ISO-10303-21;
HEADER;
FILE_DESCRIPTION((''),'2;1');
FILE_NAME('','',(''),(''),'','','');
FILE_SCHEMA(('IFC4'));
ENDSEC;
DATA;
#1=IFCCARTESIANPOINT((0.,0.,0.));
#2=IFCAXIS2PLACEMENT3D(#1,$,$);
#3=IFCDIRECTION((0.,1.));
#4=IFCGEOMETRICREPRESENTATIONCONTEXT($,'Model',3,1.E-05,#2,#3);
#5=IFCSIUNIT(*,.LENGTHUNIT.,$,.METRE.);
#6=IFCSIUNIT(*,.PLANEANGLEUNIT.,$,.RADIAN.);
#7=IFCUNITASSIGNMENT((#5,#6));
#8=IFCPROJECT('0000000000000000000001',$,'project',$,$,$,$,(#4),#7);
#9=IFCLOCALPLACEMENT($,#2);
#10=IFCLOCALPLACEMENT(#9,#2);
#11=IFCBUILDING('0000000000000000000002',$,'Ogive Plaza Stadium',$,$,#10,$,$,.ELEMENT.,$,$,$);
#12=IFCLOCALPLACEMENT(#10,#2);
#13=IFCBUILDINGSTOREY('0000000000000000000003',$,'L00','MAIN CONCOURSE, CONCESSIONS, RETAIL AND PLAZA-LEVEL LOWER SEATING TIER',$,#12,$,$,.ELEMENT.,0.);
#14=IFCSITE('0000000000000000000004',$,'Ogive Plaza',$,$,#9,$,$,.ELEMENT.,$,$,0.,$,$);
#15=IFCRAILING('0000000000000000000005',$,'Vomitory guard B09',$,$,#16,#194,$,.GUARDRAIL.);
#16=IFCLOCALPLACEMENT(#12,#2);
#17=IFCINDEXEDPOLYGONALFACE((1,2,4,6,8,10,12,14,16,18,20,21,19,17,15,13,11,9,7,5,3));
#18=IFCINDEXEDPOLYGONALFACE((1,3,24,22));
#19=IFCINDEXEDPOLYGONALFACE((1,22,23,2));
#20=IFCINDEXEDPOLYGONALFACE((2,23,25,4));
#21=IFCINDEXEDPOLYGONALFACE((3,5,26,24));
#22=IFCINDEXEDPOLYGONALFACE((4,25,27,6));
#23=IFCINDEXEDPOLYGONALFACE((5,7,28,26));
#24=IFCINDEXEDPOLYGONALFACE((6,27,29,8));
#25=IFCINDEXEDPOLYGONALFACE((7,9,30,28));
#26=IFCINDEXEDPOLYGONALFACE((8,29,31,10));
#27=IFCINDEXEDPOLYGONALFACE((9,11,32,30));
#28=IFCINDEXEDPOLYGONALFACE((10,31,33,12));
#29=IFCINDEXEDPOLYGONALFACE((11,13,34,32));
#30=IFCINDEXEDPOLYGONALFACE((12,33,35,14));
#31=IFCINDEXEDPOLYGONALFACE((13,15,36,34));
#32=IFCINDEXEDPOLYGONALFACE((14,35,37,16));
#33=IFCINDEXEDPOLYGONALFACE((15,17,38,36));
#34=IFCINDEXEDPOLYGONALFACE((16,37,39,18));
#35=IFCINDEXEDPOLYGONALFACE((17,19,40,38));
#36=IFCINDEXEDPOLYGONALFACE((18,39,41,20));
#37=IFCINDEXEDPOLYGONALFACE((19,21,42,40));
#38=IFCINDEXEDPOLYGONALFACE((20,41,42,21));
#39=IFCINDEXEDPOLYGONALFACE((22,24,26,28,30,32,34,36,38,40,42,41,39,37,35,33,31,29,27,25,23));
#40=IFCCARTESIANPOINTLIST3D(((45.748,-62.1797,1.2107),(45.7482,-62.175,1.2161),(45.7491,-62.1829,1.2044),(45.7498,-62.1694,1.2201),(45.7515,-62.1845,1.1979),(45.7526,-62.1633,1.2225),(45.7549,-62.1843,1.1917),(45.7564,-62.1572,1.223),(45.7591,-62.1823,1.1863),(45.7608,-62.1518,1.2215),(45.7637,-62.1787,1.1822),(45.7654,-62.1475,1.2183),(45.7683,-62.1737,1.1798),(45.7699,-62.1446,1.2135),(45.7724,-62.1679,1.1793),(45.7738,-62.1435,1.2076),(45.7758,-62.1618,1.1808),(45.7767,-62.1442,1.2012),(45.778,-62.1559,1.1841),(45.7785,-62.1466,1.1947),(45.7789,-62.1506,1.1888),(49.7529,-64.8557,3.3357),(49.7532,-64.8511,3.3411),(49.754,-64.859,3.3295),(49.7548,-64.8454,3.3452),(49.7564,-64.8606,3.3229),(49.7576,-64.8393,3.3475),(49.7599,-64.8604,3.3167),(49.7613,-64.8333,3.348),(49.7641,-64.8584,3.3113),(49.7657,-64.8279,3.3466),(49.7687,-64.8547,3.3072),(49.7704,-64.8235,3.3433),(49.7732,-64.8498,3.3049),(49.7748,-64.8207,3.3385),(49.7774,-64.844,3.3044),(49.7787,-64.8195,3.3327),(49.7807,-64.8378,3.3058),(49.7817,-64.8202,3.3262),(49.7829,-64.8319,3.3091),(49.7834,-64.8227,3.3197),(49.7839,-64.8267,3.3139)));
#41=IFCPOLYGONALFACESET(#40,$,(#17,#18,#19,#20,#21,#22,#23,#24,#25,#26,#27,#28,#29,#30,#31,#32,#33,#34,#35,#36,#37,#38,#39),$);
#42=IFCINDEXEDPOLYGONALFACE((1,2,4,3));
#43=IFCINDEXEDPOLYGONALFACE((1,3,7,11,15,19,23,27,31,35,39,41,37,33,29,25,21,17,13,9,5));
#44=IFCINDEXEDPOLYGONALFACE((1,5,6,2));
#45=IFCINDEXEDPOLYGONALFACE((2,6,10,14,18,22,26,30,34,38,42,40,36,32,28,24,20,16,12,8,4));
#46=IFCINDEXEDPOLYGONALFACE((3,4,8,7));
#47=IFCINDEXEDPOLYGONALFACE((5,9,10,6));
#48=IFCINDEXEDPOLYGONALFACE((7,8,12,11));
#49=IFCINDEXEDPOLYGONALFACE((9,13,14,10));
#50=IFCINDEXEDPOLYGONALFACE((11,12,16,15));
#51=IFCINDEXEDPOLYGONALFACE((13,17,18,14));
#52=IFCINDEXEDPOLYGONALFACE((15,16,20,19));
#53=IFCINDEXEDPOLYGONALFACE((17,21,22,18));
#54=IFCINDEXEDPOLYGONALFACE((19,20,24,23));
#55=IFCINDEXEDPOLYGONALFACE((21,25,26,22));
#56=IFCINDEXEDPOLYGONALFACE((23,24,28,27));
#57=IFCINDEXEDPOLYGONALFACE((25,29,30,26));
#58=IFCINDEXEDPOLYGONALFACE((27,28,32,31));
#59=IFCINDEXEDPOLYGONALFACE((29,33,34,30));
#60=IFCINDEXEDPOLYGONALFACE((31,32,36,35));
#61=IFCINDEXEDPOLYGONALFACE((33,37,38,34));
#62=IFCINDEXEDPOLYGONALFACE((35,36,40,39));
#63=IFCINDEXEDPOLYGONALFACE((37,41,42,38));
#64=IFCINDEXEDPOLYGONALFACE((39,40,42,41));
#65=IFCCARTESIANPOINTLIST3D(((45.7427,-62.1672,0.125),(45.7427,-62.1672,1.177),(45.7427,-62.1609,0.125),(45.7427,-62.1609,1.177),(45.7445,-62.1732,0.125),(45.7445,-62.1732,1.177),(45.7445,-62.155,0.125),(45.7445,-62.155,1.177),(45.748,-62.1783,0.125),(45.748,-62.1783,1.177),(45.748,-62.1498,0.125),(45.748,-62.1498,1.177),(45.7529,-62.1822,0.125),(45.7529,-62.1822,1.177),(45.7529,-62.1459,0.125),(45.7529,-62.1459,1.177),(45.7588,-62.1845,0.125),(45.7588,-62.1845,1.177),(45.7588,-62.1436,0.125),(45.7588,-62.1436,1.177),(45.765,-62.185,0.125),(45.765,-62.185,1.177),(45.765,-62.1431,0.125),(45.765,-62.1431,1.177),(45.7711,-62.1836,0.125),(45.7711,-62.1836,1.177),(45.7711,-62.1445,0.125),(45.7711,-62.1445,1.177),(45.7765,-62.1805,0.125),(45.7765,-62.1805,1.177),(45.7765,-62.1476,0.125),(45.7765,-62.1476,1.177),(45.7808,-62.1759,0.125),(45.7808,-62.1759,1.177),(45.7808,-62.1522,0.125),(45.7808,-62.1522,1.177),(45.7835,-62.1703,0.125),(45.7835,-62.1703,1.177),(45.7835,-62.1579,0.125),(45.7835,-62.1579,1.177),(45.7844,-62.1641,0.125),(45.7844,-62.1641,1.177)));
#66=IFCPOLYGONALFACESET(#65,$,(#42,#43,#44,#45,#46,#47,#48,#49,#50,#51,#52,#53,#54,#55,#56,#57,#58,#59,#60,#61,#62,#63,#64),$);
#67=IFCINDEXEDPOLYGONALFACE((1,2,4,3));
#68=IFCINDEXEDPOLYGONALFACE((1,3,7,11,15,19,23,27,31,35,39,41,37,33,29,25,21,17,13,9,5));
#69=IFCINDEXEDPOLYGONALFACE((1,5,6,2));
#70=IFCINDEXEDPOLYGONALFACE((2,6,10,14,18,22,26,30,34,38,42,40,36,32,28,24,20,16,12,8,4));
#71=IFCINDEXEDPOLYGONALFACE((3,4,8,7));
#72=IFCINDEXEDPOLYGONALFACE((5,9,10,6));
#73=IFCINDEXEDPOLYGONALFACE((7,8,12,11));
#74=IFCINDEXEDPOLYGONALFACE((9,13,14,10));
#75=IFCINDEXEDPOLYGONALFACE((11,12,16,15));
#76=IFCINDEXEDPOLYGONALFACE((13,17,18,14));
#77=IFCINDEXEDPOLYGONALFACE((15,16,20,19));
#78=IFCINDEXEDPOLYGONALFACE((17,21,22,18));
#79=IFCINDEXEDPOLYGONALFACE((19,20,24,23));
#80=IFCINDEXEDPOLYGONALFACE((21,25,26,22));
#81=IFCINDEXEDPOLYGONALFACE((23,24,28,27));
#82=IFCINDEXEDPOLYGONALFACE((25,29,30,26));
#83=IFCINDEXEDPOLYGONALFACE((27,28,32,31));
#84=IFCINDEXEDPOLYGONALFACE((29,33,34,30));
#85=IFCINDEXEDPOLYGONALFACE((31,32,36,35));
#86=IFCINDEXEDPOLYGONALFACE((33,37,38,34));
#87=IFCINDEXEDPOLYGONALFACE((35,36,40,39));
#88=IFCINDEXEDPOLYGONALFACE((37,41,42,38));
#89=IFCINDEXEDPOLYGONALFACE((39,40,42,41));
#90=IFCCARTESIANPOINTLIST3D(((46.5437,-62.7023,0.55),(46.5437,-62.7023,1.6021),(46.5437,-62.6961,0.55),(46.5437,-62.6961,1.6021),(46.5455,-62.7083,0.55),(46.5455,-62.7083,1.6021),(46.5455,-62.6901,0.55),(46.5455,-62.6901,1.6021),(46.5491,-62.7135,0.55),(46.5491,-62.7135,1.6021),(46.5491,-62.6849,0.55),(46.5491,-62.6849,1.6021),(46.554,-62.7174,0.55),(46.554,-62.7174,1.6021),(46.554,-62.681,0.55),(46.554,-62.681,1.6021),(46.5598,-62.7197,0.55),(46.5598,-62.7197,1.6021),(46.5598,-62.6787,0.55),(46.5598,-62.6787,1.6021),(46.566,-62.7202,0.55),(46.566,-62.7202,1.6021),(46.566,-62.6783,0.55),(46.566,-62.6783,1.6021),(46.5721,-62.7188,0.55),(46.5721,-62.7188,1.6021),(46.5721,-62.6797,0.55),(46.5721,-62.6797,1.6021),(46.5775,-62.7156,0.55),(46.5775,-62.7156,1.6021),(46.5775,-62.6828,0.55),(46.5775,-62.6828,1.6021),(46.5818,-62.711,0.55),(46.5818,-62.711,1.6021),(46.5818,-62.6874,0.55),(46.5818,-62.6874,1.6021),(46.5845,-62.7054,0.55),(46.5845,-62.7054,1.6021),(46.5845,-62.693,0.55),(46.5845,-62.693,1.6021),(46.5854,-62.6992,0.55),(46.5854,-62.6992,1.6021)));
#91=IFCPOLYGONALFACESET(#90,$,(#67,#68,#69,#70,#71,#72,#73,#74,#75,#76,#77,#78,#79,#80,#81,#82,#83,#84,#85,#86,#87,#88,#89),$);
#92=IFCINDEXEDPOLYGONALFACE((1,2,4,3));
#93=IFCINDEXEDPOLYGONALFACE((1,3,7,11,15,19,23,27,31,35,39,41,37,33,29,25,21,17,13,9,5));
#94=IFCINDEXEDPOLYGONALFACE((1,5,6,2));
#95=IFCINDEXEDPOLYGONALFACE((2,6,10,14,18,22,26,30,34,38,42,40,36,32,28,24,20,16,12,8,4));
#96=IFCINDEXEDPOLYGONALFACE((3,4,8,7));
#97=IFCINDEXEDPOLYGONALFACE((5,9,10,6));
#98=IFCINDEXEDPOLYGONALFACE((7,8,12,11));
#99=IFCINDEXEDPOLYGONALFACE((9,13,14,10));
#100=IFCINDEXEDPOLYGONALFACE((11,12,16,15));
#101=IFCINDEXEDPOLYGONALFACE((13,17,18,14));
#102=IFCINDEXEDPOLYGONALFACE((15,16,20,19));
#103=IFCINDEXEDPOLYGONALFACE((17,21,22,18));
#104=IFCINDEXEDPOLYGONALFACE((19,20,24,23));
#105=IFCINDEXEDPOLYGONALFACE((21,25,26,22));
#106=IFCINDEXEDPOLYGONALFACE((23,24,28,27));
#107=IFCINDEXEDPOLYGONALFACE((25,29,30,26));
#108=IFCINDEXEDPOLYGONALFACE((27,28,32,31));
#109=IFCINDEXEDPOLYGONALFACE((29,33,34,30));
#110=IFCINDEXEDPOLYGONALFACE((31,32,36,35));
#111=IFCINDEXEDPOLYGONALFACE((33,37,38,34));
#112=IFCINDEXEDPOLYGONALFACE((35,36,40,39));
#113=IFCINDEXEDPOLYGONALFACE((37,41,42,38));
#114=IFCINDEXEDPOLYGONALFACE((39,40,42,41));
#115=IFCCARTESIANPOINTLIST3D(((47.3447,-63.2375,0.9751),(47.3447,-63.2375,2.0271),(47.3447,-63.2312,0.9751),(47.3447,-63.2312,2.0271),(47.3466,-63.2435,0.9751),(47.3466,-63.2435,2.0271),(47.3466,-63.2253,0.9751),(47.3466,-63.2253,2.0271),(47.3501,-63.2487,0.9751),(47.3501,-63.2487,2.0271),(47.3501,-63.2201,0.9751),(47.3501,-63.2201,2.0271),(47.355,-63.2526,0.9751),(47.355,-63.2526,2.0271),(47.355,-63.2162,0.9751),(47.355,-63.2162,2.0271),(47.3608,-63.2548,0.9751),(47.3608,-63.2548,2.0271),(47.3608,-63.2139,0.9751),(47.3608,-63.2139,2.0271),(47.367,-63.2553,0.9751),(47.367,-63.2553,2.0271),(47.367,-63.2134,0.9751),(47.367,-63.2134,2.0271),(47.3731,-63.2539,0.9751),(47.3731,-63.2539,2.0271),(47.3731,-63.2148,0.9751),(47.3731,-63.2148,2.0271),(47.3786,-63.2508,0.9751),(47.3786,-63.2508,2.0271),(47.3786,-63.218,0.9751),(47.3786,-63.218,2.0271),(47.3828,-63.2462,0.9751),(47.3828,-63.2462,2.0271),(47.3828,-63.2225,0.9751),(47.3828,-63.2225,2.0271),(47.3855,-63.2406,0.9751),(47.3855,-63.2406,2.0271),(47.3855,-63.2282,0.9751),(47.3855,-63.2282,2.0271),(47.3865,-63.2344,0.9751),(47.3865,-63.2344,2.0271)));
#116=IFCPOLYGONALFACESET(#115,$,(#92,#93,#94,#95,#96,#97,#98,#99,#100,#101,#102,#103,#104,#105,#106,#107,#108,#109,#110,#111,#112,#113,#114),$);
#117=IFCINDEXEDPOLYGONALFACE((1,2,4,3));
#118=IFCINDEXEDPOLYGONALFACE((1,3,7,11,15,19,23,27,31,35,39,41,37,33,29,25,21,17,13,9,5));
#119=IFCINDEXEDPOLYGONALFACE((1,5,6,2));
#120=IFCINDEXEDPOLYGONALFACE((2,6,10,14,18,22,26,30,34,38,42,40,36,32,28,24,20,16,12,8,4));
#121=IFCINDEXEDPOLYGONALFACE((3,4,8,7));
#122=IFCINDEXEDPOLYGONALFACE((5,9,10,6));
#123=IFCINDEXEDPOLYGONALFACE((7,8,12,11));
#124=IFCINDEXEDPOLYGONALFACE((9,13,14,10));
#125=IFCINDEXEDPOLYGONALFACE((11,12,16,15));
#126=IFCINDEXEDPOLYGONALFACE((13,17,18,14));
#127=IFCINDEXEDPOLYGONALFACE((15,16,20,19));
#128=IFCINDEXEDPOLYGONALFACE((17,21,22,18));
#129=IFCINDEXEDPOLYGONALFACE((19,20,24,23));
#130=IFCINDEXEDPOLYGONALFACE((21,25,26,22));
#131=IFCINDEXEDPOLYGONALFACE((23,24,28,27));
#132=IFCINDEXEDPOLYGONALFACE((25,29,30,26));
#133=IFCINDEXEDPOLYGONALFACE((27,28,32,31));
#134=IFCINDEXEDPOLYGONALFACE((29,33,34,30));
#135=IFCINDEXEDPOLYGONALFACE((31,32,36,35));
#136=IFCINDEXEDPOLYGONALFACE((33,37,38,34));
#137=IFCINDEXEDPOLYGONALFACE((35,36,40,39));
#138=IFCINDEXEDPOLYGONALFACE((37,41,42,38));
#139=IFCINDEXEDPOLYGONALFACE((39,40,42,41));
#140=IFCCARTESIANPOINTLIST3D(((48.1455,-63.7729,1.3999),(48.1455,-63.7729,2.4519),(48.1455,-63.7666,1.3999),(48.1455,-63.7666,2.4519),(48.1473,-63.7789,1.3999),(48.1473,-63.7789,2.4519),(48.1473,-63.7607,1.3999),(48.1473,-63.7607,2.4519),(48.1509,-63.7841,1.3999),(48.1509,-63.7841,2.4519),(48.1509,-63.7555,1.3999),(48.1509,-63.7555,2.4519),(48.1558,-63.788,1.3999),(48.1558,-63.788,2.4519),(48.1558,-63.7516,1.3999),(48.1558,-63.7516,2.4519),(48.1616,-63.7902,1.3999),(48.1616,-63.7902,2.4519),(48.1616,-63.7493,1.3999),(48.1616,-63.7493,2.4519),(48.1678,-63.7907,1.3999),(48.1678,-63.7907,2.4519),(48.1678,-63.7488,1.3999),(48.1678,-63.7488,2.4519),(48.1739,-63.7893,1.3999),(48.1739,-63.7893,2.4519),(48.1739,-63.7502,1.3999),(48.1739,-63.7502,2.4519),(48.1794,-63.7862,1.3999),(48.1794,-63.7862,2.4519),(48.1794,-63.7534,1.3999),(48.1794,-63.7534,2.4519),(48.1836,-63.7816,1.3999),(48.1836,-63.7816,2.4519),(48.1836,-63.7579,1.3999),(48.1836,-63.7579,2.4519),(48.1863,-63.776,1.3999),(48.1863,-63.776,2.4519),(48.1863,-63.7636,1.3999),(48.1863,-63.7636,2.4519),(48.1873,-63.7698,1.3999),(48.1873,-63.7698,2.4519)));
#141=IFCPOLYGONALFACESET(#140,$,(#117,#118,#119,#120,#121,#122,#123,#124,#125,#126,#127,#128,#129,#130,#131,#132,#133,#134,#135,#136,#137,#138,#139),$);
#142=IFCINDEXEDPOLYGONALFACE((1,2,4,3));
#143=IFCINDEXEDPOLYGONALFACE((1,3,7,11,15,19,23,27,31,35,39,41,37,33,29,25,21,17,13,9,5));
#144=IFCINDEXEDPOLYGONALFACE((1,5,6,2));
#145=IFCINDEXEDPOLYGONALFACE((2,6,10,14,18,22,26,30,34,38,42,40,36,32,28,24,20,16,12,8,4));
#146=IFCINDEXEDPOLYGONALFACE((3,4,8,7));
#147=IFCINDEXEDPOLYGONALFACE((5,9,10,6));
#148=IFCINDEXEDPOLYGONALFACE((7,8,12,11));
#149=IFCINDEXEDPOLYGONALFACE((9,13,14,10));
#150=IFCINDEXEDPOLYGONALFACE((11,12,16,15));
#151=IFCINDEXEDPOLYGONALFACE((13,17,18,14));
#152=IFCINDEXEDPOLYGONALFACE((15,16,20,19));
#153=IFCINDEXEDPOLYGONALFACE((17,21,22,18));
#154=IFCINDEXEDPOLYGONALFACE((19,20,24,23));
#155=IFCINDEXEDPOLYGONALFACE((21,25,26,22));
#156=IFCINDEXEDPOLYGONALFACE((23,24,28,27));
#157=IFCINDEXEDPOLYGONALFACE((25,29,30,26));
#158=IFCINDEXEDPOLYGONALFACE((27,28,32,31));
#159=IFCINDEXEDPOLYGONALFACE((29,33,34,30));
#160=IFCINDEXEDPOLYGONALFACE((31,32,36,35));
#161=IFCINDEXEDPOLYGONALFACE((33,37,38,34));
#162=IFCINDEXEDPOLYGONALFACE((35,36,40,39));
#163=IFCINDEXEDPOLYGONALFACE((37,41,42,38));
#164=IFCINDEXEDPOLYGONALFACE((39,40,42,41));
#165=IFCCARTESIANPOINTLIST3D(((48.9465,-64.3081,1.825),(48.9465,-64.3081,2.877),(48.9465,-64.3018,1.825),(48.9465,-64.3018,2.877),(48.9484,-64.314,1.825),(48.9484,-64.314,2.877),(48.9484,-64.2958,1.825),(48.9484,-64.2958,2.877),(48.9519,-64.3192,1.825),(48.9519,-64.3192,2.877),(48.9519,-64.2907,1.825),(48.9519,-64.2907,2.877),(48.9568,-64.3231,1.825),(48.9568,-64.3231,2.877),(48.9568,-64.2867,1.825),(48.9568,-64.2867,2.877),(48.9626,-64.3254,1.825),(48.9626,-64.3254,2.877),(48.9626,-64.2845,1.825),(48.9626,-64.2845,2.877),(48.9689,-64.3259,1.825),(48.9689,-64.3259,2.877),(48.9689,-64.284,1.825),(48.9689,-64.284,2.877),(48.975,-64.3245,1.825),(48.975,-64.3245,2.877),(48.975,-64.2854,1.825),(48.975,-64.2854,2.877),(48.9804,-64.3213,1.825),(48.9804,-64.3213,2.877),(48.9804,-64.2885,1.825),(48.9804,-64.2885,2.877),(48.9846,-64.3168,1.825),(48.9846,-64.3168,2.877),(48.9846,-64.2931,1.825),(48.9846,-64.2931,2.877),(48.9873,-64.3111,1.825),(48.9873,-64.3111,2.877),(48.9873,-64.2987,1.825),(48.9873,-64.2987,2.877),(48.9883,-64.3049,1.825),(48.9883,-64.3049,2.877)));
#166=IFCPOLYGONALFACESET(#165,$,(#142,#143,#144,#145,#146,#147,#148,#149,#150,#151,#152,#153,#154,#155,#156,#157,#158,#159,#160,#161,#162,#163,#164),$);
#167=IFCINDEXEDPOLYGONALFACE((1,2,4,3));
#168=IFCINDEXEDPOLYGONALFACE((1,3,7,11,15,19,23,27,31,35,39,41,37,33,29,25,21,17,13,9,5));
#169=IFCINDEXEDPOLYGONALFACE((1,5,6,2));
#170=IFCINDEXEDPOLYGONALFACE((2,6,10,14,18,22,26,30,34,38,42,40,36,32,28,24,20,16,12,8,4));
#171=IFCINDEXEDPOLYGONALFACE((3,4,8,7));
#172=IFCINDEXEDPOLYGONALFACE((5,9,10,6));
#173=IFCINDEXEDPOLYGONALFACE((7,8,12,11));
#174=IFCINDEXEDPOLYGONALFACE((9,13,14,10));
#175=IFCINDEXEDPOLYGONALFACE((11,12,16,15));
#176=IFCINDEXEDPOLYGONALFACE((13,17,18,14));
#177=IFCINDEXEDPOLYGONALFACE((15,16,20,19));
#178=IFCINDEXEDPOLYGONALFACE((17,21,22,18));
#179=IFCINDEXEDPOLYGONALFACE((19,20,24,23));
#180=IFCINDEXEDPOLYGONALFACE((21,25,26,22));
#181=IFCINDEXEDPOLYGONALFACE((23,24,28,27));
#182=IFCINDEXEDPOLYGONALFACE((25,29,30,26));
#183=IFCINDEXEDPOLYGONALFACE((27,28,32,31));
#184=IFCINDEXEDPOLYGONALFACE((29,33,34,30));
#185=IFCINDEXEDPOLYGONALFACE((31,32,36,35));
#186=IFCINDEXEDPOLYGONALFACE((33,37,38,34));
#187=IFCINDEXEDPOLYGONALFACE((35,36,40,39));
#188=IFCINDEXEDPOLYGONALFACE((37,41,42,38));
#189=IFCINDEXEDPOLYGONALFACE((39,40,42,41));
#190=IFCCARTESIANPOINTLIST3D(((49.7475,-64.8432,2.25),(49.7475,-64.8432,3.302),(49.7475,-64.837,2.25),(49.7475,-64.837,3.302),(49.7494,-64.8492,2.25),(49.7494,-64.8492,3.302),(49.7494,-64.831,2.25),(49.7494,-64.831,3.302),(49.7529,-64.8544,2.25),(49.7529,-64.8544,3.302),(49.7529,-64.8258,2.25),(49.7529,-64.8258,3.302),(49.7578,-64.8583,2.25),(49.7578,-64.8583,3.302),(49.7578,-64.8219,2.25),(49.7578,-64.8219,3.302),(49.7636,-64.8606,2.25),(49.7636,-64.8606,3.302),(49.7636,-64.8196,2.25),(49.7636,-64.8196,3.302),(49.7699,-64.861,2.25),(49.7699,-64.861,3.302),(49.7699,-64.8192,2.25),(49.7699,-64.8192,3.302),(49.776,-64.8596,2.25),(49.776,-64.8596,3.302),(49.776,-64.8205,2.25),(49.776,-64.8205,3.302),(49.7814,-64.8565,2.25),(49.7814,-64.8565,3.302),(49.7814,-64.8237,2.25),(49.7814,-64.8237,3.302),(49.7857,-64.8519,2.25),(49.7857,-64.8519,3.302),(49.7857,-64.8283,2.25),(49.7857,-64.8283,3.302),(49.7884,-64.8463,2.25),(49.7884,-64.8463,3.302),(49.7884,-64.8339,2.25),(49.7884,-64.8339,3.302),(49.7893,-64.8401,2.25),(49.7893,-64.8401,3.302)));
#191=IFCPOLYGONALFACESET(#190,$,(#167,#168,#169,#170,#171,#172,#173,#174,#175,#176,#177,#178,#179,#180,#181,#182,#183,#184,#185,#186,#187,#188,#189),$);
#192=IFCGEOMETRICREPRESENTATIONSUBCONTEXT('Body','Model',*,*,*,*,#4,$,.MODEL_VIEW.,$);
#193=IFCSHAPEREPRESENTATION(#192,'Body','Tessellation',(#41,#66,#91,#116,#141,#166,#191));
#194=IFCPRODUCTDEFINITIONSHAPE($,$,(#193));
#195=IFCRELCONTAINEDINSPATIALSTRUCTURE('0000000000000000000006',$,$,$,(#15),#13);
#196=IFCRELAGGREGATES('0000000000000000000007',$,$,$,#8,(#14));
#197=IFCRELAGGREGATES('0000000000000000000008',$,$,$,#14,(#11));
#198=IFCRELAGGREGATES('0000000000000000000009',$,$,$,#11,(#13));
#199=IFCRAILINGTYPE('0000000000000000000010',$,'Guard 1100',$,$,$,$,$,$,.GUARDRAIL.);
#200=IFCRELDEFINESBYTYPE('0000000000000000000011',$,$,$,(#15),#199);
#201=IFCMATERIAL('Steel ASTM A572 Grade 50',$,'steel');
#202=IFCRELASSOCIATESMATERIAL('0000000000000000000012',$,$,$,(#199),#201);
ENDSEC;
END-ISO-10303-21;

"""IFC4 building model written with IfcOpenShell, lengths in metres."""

from ifc_helpers import new_model, si_unit, direction, frame, origin, origin_2d, place, context, subcontext, project, spatial, circle, extrude, material, type_object, element, save


model = new_model("IFC4")

# Units and contexts
model_context = context("Model", 3, precision=1e-05, world=origin(), true_north=direction((0.0, 1.0)))
body_context = subcontext(model_context, "Body", "Model", "MODEL_VIEW")
ifc_project = project(units=[si_unit("LENGTHUNIT", "METRE"), si_unit("PLANEANGLEUNIT", "RADIAN")], contexts=[model_context])

# Site, building, storey
site_placement = place(None, origin())
site = spatial("IfcSite", under=ifc_project, at=site_placement, Name="Ogive Plaza", CompositionType="ELEMENT", RefElevation=0.0)
building_placement = place(site_placement, origin())
building = spatial("IfcBuilding", under=site, at=building_placement, Name="Ogive Plaza Stadium", CompositionType="ELEMENT")
storey_placement = place(building_placement, origin())
storey = spatial("IfcBuildingStorey", under=building, at=storey_placement, Name="L00", Description="MAIN CONCOURSE, CONCESSIONS, RETAIL AND PLAZA-LEVEL LOWER SEATING TIER", CompositionType="ELEMENT", Elevation=0.0)

# Railing
ifc_material_1 = material(Name="Steel ASTM A572 Grade 50", Category="steel")
railing_type = type_object("IfcRailingType", Name="Guard 1100", PredefinedType="GUARDRAIL", material=ifc_material_1)
for number, where, name in (
    (1, (45.7634, -62.1641, 0.125), "Vomitory guard B09"),
):
    element("IfcRailing", number, at=place(storey_placement, frame(where)), inside=storey, type_object=railing_type, Name=name, PredefinedType="GUARDRAIL", context=body_context, shape_type="SweptSolid", body=[
        extrude(circle(Radius=0.0239, at=origin_2d()), frame((0.0, 0.0, 1.0762), z_axis=(0.760722, -0.508307, 0.403641), x_axis=(0.555577, 0.831465, 0.0)), (0.0, 0.0, 1.0), 5.2646),
        extrude(circle(Radius=0.021, at=origin_2d()), origin(), (0.0, 0.0, 1.0), 1.052),
        extrude(circle(Radius=0.021, at=origin_2d()), frame((0.801, -0.5352, 0.425)), (0.0, 0.0, 1.0), 1.052),
        extrude(circle(Radius=0.021, at=origin_2d()), frame((1.6021, -1.0703, 0.8501)), (0.0, 0.0, 1.0), 1.052),
        extrude(circle(Radius=0.021, at=origin_2d()), frame((2.4028, -1.6057, 1.2749)), (0.0, 0.0, 1.0), 1.052),
        extrude(circle(Radius=0.021, at=origin_2d()), frame((3.2039, -2.1409, 1.7)), (0.0, 0.0, 1.0), 1.052),
        extrude(circle(Radius=0.021, at=origin_2d()), frame((4.0049, -2.676, 2.125)), (0.0, 0.0, 1.0), 1.052),
    ])

save(model, "model.ifc")
